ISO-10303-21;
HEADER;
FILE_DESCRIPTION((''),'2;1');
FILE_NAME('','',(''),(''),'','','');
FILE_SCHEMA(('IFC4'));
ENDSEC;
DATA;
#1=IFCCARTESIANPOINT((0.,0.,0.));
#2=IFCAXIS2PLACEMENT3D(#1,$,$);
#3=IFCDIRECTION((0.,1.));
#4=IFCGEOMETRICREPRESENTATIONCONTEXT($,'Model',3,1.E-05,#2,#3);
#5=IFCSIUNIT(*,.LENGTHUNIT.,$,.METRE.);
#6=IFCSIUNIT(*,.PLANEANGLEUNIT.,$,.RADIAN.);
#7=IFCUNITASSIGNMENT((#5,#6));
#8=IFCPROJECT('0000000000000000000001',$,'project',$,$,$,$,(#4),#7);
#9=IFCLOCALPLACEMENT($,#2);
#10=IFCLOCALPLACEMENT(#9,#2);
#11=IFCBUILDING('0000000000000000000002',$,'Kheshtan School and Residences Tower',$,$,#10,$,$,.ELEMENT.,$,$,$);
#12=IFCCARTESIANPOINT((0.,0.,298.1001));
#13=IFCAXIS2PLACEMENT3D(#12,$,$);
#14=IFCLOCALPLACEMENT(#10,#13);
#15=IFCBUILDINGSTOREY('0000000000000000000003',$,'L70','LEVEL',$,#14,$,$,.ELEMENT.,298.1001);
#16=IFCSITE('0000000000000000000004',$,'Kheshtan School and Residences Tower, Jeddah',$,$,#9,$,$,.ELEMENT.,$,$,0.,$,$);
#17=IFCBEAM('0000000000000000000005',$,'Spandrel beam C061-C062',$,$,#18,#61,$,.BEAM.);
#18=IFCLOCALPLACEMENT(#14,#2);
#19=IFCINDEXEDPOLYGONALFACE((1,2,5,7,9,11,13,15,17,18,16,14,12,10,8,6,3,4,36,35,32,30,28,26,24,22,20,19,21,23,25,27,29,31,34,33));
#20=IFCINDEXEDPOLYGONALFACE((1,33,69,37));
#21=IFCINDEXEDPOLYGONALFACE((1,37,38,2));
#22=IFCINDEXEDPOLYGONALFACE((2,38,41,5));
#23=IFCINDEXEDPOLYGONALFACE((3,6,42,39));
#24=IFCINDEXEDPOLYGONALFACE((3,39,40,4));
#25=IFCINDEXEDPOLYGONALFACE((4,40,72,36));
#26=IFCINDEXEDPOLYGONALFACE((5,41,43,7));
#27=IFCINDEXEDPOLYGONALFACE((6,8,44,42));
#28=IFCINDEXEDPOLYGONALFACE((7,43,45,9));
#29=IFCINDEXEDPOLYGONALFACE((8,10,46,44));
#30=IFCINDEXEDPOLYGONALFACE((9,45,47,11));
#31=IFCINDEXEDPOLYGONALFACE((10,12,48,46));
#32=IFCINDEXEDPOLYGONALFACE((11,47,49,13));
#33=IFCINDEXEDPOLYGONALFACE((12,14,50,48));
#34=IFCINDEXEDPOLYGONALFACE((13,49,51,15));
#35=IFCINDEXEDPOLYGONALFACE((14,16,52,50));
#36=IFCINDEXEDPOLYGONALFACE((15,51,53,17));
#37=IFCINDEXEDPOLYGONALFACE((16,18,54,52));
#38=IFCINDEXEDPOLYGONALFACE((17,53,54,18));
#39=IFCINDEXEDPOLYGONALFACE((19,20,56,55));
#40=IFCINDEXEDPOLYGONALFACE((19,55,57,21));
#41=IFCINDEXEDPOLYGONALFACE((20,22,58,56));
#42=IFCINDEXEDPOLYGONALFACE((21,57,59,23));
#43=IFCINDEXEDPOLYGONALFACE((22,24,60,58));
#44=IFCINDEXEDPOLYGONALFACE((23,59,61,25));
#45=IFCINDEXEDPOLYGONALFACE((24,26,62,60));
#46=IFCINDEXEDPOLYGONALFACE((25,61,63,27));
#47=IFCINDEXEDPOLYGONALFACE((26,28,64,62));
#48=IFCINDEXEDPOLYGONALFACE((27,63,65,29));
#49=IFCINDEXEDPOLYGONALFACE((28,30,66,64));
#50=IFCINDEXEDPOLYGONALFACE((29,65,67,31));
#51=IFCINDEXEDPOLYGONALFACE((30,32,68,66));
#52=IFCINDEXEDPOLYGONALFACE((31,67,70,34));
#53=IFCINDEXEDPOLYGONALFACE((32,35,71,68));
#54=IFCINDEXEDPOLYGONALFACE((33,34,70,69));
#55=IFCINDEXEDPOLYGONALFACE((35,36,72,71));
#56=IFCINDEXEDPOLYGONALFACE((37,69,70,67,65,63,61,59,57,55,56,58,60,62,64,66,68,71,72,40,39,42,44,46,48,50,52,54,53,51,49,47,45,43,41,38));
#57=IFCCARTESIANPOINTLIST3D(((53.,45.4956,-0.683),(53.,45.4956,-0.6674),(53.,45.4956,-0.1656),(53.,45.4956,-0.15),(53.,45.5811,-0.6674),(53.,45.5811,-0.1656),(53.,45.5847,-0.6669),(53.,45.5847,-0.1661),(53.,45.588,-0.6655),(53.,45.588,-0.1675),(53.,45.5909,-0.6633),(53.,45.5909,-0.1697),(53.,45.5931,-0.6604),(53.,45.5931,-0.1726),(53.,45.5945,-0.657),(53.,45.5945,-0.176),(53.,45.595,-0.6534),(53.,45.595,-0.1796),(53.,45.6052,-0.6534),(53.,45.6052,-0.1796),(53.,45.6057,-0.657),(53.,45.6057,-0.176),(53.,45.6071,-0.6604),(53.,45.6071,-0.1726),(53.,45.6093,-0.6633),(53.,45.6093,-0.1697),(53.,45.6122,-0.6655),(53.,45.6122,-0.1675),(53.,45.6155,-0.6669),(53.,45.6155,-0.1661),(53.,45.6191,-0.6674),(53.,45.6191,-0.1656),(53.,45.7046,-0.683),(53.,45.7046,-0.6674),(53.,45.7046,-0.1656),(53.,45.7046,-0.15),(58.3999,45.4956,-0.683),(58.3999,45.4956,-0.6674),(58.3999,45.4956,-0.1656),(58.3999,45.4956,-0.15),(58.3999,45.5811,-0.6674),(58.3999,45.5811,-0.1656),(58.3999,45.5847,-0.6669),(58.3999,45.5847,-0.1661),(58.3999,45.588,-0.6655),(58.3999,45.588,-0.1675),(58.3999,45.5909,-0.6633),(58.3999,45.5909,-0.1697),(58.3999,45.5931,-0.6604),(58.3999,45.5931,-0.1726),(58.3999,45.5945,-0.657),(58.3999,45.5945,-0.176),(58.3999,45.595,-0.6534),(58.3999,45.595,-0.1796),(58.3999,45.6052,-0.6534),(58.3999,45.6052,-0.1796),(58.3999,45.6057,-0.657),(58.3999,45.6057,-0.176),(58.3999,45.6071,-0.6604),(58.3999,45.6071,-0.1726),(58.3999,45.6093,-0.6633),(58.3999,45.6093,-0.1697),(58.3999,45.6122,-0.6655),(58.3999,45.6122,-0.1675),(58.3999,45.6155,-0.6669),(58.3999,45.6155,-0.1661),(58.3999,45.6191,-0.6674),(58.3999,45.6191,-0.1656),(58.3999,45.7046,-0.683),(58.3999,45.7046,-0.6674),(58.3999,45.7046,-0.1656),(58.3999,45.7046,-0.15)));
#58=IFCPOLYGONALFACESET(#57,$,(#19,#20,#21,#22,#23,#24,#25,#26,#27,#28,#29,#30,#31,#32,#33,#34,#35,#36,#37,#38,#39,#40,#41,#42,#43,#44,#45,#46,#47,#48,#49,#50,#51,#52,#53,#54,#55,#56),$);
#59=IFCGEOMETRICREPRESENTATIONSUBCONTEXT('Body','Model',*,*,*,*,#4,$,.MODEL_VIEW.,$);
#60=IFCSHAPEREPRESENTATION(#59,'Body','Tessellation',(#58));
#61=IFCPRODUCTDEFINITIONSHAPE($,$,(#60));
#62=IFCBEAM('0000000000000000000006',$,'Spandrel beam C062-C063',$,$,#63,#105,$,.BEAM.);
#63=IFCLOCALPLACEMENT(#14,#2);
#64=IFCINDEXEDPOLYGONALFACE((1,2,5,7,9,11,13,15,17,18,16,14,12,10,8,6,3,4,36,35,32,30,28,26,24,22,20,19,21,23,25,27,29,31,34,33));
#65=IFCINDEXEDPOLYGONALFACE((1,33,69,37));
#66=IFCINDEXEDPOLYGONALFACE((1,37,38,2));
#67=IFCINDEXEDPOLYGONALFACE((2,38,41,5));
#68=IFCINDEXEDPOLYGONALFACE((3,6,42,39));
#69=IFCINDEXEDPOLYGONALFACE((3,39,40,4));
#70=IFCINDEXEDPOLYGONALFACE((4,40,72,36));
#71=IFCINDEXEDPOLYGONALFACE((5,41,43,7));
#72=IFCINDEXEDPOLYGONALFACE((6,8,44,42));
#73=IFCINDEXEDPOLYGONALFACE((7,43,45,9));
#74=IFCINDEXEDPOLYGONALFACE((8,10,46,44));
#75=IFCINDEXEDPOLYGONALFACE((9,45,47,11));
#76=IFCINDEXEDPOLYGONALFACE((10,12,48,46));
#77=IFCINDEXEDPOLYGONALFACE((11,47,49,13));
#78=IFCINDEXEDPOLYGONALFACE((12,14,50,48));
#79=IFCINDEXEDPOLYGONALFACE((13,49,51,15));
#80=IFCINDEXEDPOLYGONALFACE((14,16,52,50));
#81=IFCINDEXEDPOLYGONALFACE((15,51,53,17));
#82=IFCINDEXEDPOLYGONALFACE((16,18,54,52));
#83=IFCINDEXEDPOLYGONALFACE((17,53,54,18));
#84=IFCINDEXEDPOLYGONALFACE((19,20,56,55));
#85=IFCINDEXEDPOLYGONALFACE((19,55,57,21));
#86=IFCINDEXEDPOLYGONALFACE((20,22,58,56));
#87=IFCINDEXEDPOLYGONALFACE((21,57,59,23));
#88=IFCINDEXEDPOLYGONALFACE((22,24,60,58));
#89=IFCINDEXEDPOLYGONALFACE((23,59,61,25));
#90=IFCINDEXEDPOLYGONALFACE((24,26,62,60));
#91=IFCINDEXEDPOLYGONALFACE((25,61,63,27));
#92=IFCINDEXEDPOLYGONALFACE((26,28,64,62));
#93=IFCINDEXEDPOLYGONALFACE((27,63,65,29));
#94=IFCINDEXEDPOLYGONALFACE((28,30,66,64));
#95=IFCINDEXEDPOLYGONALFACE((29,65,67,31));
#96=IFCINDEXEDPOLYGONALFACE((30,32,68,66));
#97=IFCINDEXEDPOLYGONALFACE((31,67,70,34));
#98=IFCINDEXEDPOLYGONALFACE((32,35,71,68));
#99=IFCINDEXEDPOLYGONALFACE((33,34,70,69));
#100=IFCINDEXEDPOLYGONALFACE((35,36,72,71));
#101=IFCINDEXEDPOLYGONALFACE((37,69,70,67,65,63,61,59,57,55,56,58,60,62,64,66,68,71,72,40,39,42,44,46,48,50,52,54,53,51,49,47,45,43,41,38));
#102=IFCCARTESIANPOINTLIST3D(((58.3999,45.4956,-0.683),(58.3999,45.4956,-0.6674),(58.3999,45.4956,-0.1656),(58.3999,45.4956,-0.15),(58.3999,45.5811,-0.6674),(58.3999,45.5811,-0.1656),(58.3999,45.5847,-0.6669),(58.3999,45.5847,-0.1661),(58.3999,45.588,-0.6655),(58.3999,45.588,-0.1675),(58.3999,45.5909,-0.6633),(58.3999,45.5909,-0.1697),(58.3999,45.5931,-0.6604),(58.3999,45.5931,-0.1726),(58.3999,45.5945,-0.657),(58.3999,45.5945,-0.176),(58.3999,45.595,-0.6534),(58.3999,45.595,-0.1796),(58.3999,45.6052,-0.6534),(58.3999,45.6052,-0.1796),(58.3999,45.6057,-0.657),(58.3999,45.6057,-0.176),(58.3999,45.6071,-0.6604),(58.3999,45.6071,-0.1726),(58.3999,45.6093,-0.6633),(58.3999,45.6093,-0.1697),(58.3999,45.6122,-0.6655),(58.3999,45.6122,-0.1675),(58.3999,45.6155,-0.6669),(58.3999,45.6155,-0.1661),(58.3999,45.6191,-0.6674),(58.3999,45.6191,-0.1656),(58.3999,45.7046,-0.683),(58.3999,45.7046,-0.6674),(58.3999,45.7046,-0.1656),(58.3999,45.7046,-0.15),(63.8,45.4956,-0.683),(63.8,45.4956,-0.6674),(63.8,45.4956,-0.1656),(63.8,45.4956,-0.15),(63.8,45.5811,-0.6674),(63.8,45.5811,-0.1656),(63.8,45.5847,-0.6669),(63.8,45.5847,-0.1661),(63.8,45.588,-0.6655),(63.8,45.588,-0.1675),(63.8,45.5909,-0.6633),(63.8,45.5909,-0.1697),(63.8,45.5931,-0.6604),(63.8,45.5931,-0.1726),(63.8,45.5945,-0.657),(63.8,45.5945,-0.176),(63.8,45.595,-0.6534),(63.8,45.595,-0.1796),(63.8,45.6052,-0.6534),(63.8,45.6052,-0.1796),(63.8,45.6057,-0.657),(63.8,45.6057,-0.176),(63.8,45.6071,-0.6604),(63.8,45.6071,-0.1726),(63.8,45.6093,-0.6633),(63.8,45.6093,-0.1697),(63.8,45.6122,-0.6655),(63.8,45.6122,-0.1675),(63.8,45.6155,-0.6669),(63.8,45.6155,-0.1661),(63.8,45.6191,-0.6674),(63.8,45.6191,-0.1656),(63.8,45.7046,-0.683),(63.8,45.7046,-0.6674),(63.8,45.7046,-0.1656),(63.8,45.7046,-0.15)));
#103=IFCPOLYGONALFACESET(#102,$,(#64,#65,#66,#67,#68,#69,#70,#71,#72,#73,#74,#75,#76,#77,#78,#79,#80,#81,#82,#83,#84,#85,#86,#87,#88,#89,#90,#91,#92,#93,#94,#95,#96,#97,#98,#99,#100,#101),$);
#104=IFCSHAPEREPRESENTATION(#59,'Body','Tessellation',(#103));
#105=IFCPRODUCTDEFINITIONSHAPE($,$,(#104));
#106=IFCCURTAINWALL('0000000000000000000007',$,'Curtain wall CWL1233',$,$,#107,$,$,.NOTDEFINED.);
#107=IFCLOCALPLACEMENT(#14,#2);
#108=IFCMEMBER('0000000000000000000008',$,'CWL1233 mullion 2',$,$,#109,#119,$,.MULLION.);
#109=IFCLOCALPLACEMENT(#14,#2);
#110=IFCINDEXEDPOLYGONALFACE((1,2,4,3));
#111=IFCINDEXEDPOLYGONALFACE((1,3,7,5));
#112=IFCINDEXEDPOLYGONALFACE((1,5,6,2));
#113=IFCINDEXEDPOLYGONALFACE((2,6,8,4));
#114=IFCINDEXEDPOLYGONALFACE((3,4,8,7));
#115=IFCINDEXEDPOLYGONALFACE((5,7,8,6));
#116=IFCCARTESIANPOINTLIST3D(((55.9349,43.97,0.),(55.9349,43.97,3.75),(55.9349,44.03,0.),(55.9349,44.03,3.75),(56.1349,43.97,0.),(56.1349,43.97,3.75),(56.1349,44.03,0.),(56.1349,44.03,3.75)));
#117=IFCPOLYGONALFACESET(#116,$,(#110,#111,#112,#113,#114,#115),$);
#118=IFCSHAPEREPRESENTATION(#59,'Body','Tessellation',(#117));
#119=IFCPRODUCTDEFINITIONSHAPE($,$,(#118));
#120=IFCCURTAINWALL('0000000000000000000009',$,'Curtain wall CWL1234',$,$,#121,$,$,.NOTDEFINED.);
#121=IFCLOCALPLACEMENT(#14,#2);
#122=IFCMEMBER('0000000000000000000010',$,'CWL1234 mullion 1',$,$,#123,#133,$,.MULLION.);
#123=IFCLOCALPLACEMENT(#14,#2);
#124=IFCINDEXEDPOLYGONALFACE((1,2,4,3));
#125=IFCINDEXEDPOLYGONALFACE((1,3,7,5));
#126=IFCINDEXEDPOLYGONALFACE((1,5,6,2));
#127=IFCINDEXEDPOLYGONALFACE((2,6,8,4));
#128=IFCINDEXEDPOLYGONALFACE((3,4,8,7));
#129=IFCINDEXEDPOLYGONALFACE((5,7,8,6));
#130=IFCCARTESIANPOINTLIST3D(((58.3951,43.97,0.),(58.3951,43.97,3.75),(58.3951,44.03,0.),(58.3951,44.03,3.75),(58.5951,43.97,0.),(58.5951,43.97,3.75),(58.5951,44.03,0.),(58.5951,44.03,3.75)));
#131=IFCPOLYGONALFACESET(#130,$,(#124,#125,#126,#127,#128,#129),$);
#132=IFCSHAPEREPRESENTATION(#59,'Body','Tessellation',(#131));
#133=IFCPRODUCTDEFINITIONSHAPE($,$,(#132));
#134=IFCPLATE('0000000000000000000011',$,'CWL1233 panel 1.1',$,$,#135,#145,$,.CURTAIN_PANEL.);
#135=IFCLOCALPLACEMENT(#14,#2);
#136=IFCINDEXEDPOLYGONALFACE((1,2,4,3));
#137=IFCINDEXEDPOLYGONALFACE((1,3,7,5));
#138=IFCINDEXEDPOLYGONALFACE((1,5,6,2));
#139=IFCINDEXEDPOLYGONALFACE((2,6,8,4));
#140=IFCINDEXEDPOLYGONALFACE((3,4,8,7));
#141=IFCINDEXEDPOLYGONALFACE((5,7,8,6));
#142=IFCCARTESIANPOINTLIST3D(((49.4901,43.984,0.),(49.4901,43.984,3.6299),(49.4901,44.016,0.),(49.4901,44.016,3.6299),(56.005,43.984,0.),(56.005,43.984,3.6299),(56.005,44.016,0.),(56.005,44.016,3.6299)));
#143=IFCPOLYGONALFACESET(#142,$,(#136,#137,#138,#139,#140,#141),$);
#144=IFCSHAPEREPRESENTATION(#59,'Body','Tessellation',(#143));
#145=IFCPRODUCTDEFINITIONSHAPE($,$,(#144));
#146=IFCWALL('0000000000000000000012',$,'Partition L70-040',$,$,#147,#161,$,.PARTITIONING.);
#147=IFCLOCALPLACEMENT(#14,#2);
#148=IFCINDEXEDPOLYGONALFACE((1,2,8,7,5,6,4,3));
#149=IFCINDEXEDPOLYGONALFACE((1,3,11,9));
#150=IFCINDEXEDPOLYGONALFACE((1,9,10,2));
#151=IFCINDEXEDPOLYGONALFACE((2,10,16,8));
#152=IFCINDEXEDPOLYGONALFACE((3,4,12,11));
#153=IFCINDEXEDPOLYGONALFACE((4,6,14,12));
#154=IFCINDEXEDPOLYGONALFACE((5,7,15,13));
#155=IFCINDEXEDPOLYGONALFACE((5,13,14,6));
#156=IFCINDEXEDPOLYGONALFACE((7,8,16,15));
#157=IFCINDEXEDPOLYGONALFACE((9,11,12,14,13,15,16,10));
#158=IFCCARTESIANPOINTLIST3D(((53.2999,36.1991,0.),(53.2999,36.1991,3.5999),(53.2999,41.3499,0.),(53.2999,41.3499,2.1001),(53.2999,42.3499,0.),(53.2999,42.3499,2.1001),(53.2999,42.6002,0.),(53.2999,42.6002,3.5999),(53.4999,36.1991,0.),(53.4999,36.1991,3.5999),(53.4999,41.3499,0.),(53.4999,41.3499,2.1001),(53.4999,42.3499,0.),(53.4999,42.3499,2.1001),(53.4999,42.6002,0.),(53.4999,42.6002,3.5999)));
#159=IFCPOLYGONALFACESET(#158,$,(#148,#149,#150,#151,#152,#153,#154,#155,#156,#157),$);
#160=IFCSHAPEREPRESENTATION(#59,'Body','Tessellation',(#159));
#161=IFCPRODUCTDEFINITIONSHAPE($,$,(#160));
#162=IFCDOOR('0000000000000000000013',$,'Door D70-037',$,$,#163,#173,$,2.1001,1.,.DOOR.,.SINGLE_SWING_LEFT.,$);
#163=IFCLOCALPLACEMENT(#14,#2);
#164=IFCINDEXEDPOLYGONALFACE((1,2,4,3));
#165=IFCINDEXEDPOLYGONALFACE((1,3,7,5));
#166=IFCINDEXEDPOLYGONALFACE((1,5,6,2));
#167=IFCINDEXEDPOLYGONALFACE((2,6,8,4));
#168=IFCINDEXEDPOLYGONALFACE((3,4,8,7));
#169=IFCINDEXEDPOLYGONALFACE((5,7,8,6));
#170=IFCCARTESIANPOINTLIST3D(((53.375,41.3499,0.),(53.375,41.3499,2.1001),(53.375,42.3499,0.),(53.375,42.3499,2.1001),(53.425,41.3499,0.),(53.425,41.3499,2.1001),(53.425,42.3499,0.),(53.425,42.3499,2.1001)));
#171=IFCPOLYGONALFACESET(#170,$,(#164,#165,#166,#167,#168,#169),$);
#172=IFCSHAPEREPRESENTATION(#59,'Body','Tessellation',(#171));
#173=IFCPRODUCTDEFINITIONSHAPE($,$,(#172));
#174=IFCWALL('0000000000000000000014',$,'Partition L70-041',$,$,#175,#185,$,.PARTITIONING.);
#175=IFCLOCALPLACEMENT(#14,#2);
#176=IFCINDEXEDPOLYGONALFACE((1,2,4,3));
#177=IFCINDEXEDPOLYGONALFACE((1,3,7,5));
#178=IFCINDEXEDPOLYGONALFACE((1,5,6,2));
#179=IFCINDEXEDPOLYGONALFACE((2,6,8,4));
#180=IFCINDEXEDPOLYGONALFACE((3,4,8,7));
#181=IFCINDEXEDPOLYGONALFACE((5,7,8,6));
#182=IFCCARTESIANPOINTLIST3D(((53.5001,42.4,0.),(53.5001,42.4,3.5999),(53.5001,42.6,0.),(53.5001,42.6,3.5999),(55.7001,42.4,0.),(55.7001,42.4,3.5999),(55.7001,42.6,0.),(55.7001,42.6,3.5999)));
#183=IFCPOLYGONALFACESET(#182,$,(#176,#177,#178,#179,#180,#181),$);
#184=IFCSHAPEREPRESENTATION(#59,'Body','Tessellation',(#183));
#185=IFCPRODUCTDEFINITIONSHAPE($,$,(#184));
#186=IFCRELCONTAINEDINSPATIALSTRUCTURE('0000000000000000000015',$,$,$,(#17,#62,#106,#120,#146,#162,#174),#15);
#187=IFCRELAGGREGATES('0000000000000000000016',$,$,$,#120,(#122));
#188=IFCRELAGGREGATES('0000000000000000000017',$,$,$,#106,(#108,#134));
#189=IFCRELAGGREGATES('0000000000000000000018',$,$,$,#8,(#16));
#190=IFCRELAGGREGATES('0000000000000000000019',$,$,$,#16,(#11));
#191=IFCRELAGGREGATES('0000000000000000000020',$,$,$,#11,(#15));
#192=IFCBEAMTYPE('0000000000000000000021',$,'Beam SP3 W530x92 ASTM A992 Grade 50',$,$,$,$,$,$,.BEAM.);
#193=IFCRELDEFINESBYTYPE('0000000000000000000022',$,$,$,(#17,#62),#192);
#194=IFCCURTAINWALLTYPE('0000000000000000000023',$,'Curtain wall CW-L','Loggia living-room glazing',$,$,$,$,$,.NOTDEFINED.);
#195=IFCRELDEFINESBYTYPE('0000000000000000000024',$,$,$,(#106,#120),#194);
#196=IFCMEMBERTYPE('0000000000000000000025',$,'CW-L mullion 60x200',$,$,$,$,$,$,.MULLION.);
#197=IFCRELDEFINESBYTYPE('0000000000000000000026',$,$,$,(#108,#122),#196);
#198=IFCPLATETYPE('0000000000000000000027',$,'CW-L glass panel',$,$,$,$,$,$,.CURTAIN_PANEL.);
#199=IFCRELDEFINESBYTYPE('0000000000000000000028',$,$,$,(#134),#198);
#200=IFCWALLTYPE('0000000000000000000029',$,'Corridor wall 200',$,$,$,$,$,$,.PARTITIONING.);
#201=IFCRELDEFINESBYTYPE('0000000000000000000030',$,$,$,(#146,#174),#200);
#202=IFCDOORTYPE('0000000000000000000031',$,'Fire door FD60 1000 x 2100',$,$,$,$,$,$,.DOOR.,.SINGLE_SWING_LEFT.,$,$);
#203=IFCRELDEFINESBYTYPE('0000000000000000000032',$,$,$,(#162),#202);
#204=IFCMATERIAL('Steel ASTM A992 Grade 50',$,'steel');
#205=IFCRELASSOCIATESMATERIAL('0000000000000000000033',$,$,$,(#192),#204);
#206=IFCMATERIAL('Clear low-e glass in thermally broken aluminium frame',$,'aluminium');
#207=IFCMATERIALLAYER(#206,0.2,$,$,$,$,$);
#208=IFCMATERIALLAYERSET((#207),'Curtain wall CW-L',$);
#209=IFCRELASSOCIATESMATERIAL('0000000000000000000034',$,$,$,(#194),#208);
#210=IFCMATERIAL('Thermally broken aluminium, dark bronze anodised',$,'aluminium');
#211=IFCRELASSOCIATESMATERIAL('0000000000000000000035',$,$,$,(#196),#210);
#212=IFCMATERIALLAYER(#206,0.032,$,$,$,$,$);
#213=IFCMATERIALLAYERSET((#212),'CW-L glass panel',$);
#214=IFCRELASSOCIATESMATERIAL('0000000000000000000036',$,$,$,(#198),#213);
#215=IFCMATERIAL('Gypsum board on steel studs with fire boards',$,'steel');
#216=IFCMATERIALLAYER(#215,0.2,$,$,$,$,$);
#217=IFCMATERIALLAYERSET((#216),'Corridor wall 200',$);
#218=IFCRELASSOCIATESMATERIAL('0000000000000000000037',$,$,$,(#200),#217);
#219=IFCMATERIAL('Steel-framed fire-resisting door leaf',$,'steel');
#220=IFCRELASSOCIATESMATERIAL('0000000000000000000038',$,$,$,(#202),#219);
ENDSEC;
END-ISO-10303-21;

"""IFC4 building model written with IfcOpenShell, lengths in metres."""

from ifc_helpers import new_model, si_unit, direction, frame, frame_2d, origin, origin_2d, place, context, subcontext, project, spatial, rectangle, i_section, extrude, source, transform, mapped, material, layer, layer_set, material_profile, profile_set, type_object, element, fill, aggregate, save


model = new_model("IFC4")

# Units and contexts
model_context = context("Model", 3, precision=1e-05, world=origin(), true_north=direction((0.0, 1.0)))
body_context = subcontext(model_context, "Body", "Model", "MODEL_VIEW")
ifc_project = project(units=[si_unit("LENGTHUNIT", "METRE"), si_unit("PLANEANGLEUNIT", "RADIAN")], contexts=[model_context])

# Site, building, storey
site_placement = place(None, origin())
site = spatial("IfcSite", under=ifc_project, at=site_placement, Name="Kheshtan School and Residences Tower, Jeddah", CompositionType="ELEMENT", RefElevation=0.0)
building_placement = place(site_placement, origin())
building = spatial("IfcBuilding", under=site, at=building_placement, Name="Kheshtan School and Residences Tower", CompositionType="ELEMENT")
storey_placement = place(building_placement, frame((0.0, 0.0, 298.1001)))
storey = spatial("IfcBuildingStorey", under=building, at=storey_placement, Name="L70", Description="LEVEL", CompositionType="ELEMENT", Elevation=298.1001)

# Shared definitions
ifc_material_1 = material(Name="Steel ASTM A992 Grade 50", Category="steel")

# Beams
ifc_material_profile_1 = material_profile(ifc_material_1, i_section(OverallWidth=0.209, OverallDepth=0.533, WebThickness=0.0103, FlangeThickness=0.0156, FilletRadius=0.0139, at=origin_2d()), Name="W530x92")
ifc_profile_set_1 = profile_set([ifc_material_profile_1], Name="Steel ASTM A992 Grade 50")
beam_type = type_object("IfcBeamType", Name="Beam SP3 W530x92 ASTM A992 Grade 50", PredefinedType="BEAM", material=ifc_profile_set_1)
beam_1_placement = place(storey_placement, frame((53.0, 45.6001, -0.4165), z_axis=(1.0, 0.0, 0.0), x_axis=(0.0, 1.0, 0.0)))
element("IfcBeam", 1, at=beam_1_placement, inside=storey, type_object=beam_type, Name="Spandrel beam C061-C062", PredefinedType="BEAM", context=body_context, shape_type="SweptSolid", body=[
    extrude(i_section(OverallWidth=0.209, OverallDepth=0.533, WebThickness=0.0103, FlangeThickness=0.0156, FilletRadius=0.0139, at=origin_2d()), origin(), (0.0, 0.0, 1.0), 5.3999),
])
beam_2_placement = place(storey_placement, frame((58.3999, 45.6001, -0.4165), z_axis=(1.0, 0.0, 0.0), x_axis=(0.0, 1.0, 0.0)))
element("IfcBeam", 2, at=beam_2_placement, inside=storey, type_object=beam_type, Name="Spandrel beam C062-C063", PredefinedType="BEAM", context=body_context, shape_type="SweptSolid", body=[
    extrude(i_section(OverallWidth=0.209, OverallDepth=0.533, WebThickness=0.0103, FlangeThickness=0.0156, FilletRadius=0.0139, at=origin_2d()), origin(), (0.0, 0.0, 1.0), 5.4001),
])

# Curtain walls, members
ifc_material_2 = material(Name="Clear low-e glass in thermally broken aluminium frame", Category="aluminium")
ifc_layer_1 = layer(ifc_material_2, 0.2)
ifc_layer_set_1 = layer_set([ifc_layer_1], Name="Curtain wall CW-L")
curtain_wall_type = type_object("IfcCurtainWallType", Name="Curtain wall CW-L", Description="Loggia living-room glazing", PredefinedType="NOTDEFINED", material=ifc_layer_set_1)
curtain_wall_1_placement = place(storey_placement, origin())
curtain_wall_1 = element("IfcCurtainWall", 3, at=curtain_wall_1_placement, inside=storey, type_object=curtain_wall_type, Name="Curtain wall CWL1233", PredefinedType="NOTDEFINED")
ifc_material_3 = material(Name="Thermally broken aluminium, dark bronze anodised", Category="aluminium")
ifc_material_profile_2 = material_profile(ifc_material_3, rectangle(XDim=0.0601, YDim=0.2, at=origin_2d()), Name="CW-L mullion 60x200")
ifc_profile_set_2 = profile_set([ifc_material_profile_2], Name="Thermally broken aluminium, dark bronze anodised")
member_type = type_object("IfcMemberType", Name="CW-L mullion 60x200", PredefinedType="MULLION", material=ifc_profile_set_2)
member_1_placement = place(storey_placement, frame((56.0349, 44.0, 0.0), z_axis=(0.0, 0.0, 1.0), x_axis=(0.0, 1.0, 0.0)))
member_1 = element("IfcMember", 4, at=member_1_placement, type_object=member_type, Name="CWL1233 mullion 2", PredefinedType="MULLION", context=body_context, shape_type="SweptSolid", body=[
    extrude(rectangle(XDim=0.0601, YDim=0.2, at=origin_2d()), origin(), (0.0, 0.0, 1.0), 3.75),
])
curtain_wall_2_placement = place(storey_placement, origin())
curtain_wall_2 = element("IfcCurtainWall", 5, at=curtain_wall_2_placement, inside=storey, type_object=curtain_wall_type, Name="Curtain wall CWL1234", PredefinedType="NOTDEFINED")
member_2_placement = place(storey_placement, frame((58.4951, 44.0, 0.0), z_axis=(0.0, 0.0, 1.0), x_axis=(0.0, 1.0, 0.0)))
member_2 = element("IfcMember", 6, at=member_2_placement, type_object=member_type, Name="CWL1234 mullion 1", PredefinedType="MULLION", context=body_context, shape_type="SweptSolid", body=[
    extrude(rectangle(XDim=0.0601, YDim=0.2, at=origin_2d()), origin(), (0.0, 0.0, 1.0), 3.75),
])
aggregate(curtain_wall_2, [member_2])

# Plate
ifc_layer_2 = layer(ifc_material_2, 0.032)
ifc_layer_set_2 = layer_set([ifc_layer_2], Name="CW-L glass panel")
plate_type = type_object("IfcPlateType", Name="CW-L glass panel", PredefinedType="CURTAIN_PANEL", material=ifc_layer_set_2)
plate_placement = place(storey_placement, frame((52.7476, 44.0, 0.0), z_axis=(0.0, 0.0, 1.0), x_axis=(1.0, 0.0, 0.0)))
plate = element("IfcPlate", 7, at=plate_placement, type_object=plate_type, Name="CWL1233 panel 1.1", PredefinedType="CURTAIN_PANEL", context=body_context, shape_type="SweptSolid", body=[
    extrude(rectangle(XDim=6.5149, YDim=0.032, at=origin_2d()), origin(), (0.0, 0.0, 1.0), 3.6299),
])
aggregate(curtain_wall_1, [member_1, plate])

# Wall, opening, door
ifc_material_4 = material(Name="Gypsum board on steel studs with fire boards", Category="steel")
ifc_layer_3 = layer(ifc_material_4, 0.2)
ifc_layer_set_3 = layer_set([ifc_layer_3], Name="Corridor wall 200")
wall_type_1 = type_object("IfcWallType", Name="Corridor wall 200", PredefinedType="PARTITIONING", material=ifc_layer_set_3)
wall_1_placement = place(storey_placement, frame((53.3999, 36.199, 0.0), z_axis=(0.0, 0.0, 1.0), x_axis=(0.0, 1.0, 0.0)))
wall_1 = element("IfcWall", 8, at=wall_1_placement, inside=storey, type_object=wall_type_1, Name="Partition L70-040", PredefinedType="PARTITIONING", context=body_context, shape_type="SweptSolid", body=[
    extrude(rectangle(XDim=6.4011, YDim=0.2, at=frame_2d((3.2007, 0.0))), origin(), (0.0, 0.0, 1.0), 3.5999),
])
opening_1_placement = place(wall_1_placement, frame((5.1509, 0.0, 0.0)))
opening_1 = element("IfcOpeningElement", 9, at=opening_1_placement, cuts=wall_1, PredefinedType="OPENING", context=body_context, shape_type="SweptSolid", body=[
    extrude(rectangle(XDim=1.0, YDim=2.1001, at=frame_2d((0.5, 1.05))), frame((0.0, 0.1099, 0.0), z_axis=(0.0, -1.0, 0.0), x_axis=(1.0, 0.0, 0.0)), (0.0, 0.0, 1.0), 0.22),
])
ifc_material_5 = material(Name="Steel-framed fire-resisting door leaf", Category="steel")
door_type_1 = type_object("IfcDoorType", Name="Fire door FD60 1000 x 2100", OperationType="SINGLE_SWING_LEFT", PredefinedType="DOOR", material=ifc_material_5)
shared_shape_1 = source(origin(), body_context, "Body", "SweptSolid", [
    extrude(rectangle(XDim=1.0, YDim=2.1001, at=frame_2d((0.5, 1.05))), frame((0.0, 0.0249, 0.0), z_axis=(0.0, -1.0, 0.0), x_axis=(1.0, 0.0, 0.0)), (0.0, 0.0, 1.0), 0.05),
])
door_1_placement = place(opening_1_placement, origin())
door_1 = element("IfcDoor", 10, at=door_1_placement, inside=storey, type_object=door_type_1, Name="Door D70-037", OperationType="SINGLE_SWING_LEFT", OverallHeight=2.1001, OverallWidth=1.0, PredefinedType="DOOR", context=body_context, shape_type="MappedRepresentation", body=[
    mapped(shared_shape_1, transform((0.0, 0.0, 0.0), x_axis=(1.0, 0.0, 0.0), y_axis=(0.0, 1.0, 0.0), z_axis=(0.0, 0.0, 1.0), scale=1.0)),
])
fill(opening_1, door_1)

# Wall
wall_2_placement = place(storey_placement, frame((53.5, 42.5, 0.0), z_axis=(0.0, 0.0, 1.0), x_axis=(1.0, 0.0, 0.0)))
element("IfcWall", 11, at=wall_2_placement, inside=storey, type_object=wall_type_1, Name="Partition L70-041", PredefinedType="PARTITIONING", context=body_context, shape_type="SweptSolid", body=[
    extrude(rectangle(XDim=2.2, YDim=0.2, at=frame_2d((1.1001, 0.0))), origin(), (0.0, 0.0, 1.0), 3.5999),
])

save(model, "model.ifc")
